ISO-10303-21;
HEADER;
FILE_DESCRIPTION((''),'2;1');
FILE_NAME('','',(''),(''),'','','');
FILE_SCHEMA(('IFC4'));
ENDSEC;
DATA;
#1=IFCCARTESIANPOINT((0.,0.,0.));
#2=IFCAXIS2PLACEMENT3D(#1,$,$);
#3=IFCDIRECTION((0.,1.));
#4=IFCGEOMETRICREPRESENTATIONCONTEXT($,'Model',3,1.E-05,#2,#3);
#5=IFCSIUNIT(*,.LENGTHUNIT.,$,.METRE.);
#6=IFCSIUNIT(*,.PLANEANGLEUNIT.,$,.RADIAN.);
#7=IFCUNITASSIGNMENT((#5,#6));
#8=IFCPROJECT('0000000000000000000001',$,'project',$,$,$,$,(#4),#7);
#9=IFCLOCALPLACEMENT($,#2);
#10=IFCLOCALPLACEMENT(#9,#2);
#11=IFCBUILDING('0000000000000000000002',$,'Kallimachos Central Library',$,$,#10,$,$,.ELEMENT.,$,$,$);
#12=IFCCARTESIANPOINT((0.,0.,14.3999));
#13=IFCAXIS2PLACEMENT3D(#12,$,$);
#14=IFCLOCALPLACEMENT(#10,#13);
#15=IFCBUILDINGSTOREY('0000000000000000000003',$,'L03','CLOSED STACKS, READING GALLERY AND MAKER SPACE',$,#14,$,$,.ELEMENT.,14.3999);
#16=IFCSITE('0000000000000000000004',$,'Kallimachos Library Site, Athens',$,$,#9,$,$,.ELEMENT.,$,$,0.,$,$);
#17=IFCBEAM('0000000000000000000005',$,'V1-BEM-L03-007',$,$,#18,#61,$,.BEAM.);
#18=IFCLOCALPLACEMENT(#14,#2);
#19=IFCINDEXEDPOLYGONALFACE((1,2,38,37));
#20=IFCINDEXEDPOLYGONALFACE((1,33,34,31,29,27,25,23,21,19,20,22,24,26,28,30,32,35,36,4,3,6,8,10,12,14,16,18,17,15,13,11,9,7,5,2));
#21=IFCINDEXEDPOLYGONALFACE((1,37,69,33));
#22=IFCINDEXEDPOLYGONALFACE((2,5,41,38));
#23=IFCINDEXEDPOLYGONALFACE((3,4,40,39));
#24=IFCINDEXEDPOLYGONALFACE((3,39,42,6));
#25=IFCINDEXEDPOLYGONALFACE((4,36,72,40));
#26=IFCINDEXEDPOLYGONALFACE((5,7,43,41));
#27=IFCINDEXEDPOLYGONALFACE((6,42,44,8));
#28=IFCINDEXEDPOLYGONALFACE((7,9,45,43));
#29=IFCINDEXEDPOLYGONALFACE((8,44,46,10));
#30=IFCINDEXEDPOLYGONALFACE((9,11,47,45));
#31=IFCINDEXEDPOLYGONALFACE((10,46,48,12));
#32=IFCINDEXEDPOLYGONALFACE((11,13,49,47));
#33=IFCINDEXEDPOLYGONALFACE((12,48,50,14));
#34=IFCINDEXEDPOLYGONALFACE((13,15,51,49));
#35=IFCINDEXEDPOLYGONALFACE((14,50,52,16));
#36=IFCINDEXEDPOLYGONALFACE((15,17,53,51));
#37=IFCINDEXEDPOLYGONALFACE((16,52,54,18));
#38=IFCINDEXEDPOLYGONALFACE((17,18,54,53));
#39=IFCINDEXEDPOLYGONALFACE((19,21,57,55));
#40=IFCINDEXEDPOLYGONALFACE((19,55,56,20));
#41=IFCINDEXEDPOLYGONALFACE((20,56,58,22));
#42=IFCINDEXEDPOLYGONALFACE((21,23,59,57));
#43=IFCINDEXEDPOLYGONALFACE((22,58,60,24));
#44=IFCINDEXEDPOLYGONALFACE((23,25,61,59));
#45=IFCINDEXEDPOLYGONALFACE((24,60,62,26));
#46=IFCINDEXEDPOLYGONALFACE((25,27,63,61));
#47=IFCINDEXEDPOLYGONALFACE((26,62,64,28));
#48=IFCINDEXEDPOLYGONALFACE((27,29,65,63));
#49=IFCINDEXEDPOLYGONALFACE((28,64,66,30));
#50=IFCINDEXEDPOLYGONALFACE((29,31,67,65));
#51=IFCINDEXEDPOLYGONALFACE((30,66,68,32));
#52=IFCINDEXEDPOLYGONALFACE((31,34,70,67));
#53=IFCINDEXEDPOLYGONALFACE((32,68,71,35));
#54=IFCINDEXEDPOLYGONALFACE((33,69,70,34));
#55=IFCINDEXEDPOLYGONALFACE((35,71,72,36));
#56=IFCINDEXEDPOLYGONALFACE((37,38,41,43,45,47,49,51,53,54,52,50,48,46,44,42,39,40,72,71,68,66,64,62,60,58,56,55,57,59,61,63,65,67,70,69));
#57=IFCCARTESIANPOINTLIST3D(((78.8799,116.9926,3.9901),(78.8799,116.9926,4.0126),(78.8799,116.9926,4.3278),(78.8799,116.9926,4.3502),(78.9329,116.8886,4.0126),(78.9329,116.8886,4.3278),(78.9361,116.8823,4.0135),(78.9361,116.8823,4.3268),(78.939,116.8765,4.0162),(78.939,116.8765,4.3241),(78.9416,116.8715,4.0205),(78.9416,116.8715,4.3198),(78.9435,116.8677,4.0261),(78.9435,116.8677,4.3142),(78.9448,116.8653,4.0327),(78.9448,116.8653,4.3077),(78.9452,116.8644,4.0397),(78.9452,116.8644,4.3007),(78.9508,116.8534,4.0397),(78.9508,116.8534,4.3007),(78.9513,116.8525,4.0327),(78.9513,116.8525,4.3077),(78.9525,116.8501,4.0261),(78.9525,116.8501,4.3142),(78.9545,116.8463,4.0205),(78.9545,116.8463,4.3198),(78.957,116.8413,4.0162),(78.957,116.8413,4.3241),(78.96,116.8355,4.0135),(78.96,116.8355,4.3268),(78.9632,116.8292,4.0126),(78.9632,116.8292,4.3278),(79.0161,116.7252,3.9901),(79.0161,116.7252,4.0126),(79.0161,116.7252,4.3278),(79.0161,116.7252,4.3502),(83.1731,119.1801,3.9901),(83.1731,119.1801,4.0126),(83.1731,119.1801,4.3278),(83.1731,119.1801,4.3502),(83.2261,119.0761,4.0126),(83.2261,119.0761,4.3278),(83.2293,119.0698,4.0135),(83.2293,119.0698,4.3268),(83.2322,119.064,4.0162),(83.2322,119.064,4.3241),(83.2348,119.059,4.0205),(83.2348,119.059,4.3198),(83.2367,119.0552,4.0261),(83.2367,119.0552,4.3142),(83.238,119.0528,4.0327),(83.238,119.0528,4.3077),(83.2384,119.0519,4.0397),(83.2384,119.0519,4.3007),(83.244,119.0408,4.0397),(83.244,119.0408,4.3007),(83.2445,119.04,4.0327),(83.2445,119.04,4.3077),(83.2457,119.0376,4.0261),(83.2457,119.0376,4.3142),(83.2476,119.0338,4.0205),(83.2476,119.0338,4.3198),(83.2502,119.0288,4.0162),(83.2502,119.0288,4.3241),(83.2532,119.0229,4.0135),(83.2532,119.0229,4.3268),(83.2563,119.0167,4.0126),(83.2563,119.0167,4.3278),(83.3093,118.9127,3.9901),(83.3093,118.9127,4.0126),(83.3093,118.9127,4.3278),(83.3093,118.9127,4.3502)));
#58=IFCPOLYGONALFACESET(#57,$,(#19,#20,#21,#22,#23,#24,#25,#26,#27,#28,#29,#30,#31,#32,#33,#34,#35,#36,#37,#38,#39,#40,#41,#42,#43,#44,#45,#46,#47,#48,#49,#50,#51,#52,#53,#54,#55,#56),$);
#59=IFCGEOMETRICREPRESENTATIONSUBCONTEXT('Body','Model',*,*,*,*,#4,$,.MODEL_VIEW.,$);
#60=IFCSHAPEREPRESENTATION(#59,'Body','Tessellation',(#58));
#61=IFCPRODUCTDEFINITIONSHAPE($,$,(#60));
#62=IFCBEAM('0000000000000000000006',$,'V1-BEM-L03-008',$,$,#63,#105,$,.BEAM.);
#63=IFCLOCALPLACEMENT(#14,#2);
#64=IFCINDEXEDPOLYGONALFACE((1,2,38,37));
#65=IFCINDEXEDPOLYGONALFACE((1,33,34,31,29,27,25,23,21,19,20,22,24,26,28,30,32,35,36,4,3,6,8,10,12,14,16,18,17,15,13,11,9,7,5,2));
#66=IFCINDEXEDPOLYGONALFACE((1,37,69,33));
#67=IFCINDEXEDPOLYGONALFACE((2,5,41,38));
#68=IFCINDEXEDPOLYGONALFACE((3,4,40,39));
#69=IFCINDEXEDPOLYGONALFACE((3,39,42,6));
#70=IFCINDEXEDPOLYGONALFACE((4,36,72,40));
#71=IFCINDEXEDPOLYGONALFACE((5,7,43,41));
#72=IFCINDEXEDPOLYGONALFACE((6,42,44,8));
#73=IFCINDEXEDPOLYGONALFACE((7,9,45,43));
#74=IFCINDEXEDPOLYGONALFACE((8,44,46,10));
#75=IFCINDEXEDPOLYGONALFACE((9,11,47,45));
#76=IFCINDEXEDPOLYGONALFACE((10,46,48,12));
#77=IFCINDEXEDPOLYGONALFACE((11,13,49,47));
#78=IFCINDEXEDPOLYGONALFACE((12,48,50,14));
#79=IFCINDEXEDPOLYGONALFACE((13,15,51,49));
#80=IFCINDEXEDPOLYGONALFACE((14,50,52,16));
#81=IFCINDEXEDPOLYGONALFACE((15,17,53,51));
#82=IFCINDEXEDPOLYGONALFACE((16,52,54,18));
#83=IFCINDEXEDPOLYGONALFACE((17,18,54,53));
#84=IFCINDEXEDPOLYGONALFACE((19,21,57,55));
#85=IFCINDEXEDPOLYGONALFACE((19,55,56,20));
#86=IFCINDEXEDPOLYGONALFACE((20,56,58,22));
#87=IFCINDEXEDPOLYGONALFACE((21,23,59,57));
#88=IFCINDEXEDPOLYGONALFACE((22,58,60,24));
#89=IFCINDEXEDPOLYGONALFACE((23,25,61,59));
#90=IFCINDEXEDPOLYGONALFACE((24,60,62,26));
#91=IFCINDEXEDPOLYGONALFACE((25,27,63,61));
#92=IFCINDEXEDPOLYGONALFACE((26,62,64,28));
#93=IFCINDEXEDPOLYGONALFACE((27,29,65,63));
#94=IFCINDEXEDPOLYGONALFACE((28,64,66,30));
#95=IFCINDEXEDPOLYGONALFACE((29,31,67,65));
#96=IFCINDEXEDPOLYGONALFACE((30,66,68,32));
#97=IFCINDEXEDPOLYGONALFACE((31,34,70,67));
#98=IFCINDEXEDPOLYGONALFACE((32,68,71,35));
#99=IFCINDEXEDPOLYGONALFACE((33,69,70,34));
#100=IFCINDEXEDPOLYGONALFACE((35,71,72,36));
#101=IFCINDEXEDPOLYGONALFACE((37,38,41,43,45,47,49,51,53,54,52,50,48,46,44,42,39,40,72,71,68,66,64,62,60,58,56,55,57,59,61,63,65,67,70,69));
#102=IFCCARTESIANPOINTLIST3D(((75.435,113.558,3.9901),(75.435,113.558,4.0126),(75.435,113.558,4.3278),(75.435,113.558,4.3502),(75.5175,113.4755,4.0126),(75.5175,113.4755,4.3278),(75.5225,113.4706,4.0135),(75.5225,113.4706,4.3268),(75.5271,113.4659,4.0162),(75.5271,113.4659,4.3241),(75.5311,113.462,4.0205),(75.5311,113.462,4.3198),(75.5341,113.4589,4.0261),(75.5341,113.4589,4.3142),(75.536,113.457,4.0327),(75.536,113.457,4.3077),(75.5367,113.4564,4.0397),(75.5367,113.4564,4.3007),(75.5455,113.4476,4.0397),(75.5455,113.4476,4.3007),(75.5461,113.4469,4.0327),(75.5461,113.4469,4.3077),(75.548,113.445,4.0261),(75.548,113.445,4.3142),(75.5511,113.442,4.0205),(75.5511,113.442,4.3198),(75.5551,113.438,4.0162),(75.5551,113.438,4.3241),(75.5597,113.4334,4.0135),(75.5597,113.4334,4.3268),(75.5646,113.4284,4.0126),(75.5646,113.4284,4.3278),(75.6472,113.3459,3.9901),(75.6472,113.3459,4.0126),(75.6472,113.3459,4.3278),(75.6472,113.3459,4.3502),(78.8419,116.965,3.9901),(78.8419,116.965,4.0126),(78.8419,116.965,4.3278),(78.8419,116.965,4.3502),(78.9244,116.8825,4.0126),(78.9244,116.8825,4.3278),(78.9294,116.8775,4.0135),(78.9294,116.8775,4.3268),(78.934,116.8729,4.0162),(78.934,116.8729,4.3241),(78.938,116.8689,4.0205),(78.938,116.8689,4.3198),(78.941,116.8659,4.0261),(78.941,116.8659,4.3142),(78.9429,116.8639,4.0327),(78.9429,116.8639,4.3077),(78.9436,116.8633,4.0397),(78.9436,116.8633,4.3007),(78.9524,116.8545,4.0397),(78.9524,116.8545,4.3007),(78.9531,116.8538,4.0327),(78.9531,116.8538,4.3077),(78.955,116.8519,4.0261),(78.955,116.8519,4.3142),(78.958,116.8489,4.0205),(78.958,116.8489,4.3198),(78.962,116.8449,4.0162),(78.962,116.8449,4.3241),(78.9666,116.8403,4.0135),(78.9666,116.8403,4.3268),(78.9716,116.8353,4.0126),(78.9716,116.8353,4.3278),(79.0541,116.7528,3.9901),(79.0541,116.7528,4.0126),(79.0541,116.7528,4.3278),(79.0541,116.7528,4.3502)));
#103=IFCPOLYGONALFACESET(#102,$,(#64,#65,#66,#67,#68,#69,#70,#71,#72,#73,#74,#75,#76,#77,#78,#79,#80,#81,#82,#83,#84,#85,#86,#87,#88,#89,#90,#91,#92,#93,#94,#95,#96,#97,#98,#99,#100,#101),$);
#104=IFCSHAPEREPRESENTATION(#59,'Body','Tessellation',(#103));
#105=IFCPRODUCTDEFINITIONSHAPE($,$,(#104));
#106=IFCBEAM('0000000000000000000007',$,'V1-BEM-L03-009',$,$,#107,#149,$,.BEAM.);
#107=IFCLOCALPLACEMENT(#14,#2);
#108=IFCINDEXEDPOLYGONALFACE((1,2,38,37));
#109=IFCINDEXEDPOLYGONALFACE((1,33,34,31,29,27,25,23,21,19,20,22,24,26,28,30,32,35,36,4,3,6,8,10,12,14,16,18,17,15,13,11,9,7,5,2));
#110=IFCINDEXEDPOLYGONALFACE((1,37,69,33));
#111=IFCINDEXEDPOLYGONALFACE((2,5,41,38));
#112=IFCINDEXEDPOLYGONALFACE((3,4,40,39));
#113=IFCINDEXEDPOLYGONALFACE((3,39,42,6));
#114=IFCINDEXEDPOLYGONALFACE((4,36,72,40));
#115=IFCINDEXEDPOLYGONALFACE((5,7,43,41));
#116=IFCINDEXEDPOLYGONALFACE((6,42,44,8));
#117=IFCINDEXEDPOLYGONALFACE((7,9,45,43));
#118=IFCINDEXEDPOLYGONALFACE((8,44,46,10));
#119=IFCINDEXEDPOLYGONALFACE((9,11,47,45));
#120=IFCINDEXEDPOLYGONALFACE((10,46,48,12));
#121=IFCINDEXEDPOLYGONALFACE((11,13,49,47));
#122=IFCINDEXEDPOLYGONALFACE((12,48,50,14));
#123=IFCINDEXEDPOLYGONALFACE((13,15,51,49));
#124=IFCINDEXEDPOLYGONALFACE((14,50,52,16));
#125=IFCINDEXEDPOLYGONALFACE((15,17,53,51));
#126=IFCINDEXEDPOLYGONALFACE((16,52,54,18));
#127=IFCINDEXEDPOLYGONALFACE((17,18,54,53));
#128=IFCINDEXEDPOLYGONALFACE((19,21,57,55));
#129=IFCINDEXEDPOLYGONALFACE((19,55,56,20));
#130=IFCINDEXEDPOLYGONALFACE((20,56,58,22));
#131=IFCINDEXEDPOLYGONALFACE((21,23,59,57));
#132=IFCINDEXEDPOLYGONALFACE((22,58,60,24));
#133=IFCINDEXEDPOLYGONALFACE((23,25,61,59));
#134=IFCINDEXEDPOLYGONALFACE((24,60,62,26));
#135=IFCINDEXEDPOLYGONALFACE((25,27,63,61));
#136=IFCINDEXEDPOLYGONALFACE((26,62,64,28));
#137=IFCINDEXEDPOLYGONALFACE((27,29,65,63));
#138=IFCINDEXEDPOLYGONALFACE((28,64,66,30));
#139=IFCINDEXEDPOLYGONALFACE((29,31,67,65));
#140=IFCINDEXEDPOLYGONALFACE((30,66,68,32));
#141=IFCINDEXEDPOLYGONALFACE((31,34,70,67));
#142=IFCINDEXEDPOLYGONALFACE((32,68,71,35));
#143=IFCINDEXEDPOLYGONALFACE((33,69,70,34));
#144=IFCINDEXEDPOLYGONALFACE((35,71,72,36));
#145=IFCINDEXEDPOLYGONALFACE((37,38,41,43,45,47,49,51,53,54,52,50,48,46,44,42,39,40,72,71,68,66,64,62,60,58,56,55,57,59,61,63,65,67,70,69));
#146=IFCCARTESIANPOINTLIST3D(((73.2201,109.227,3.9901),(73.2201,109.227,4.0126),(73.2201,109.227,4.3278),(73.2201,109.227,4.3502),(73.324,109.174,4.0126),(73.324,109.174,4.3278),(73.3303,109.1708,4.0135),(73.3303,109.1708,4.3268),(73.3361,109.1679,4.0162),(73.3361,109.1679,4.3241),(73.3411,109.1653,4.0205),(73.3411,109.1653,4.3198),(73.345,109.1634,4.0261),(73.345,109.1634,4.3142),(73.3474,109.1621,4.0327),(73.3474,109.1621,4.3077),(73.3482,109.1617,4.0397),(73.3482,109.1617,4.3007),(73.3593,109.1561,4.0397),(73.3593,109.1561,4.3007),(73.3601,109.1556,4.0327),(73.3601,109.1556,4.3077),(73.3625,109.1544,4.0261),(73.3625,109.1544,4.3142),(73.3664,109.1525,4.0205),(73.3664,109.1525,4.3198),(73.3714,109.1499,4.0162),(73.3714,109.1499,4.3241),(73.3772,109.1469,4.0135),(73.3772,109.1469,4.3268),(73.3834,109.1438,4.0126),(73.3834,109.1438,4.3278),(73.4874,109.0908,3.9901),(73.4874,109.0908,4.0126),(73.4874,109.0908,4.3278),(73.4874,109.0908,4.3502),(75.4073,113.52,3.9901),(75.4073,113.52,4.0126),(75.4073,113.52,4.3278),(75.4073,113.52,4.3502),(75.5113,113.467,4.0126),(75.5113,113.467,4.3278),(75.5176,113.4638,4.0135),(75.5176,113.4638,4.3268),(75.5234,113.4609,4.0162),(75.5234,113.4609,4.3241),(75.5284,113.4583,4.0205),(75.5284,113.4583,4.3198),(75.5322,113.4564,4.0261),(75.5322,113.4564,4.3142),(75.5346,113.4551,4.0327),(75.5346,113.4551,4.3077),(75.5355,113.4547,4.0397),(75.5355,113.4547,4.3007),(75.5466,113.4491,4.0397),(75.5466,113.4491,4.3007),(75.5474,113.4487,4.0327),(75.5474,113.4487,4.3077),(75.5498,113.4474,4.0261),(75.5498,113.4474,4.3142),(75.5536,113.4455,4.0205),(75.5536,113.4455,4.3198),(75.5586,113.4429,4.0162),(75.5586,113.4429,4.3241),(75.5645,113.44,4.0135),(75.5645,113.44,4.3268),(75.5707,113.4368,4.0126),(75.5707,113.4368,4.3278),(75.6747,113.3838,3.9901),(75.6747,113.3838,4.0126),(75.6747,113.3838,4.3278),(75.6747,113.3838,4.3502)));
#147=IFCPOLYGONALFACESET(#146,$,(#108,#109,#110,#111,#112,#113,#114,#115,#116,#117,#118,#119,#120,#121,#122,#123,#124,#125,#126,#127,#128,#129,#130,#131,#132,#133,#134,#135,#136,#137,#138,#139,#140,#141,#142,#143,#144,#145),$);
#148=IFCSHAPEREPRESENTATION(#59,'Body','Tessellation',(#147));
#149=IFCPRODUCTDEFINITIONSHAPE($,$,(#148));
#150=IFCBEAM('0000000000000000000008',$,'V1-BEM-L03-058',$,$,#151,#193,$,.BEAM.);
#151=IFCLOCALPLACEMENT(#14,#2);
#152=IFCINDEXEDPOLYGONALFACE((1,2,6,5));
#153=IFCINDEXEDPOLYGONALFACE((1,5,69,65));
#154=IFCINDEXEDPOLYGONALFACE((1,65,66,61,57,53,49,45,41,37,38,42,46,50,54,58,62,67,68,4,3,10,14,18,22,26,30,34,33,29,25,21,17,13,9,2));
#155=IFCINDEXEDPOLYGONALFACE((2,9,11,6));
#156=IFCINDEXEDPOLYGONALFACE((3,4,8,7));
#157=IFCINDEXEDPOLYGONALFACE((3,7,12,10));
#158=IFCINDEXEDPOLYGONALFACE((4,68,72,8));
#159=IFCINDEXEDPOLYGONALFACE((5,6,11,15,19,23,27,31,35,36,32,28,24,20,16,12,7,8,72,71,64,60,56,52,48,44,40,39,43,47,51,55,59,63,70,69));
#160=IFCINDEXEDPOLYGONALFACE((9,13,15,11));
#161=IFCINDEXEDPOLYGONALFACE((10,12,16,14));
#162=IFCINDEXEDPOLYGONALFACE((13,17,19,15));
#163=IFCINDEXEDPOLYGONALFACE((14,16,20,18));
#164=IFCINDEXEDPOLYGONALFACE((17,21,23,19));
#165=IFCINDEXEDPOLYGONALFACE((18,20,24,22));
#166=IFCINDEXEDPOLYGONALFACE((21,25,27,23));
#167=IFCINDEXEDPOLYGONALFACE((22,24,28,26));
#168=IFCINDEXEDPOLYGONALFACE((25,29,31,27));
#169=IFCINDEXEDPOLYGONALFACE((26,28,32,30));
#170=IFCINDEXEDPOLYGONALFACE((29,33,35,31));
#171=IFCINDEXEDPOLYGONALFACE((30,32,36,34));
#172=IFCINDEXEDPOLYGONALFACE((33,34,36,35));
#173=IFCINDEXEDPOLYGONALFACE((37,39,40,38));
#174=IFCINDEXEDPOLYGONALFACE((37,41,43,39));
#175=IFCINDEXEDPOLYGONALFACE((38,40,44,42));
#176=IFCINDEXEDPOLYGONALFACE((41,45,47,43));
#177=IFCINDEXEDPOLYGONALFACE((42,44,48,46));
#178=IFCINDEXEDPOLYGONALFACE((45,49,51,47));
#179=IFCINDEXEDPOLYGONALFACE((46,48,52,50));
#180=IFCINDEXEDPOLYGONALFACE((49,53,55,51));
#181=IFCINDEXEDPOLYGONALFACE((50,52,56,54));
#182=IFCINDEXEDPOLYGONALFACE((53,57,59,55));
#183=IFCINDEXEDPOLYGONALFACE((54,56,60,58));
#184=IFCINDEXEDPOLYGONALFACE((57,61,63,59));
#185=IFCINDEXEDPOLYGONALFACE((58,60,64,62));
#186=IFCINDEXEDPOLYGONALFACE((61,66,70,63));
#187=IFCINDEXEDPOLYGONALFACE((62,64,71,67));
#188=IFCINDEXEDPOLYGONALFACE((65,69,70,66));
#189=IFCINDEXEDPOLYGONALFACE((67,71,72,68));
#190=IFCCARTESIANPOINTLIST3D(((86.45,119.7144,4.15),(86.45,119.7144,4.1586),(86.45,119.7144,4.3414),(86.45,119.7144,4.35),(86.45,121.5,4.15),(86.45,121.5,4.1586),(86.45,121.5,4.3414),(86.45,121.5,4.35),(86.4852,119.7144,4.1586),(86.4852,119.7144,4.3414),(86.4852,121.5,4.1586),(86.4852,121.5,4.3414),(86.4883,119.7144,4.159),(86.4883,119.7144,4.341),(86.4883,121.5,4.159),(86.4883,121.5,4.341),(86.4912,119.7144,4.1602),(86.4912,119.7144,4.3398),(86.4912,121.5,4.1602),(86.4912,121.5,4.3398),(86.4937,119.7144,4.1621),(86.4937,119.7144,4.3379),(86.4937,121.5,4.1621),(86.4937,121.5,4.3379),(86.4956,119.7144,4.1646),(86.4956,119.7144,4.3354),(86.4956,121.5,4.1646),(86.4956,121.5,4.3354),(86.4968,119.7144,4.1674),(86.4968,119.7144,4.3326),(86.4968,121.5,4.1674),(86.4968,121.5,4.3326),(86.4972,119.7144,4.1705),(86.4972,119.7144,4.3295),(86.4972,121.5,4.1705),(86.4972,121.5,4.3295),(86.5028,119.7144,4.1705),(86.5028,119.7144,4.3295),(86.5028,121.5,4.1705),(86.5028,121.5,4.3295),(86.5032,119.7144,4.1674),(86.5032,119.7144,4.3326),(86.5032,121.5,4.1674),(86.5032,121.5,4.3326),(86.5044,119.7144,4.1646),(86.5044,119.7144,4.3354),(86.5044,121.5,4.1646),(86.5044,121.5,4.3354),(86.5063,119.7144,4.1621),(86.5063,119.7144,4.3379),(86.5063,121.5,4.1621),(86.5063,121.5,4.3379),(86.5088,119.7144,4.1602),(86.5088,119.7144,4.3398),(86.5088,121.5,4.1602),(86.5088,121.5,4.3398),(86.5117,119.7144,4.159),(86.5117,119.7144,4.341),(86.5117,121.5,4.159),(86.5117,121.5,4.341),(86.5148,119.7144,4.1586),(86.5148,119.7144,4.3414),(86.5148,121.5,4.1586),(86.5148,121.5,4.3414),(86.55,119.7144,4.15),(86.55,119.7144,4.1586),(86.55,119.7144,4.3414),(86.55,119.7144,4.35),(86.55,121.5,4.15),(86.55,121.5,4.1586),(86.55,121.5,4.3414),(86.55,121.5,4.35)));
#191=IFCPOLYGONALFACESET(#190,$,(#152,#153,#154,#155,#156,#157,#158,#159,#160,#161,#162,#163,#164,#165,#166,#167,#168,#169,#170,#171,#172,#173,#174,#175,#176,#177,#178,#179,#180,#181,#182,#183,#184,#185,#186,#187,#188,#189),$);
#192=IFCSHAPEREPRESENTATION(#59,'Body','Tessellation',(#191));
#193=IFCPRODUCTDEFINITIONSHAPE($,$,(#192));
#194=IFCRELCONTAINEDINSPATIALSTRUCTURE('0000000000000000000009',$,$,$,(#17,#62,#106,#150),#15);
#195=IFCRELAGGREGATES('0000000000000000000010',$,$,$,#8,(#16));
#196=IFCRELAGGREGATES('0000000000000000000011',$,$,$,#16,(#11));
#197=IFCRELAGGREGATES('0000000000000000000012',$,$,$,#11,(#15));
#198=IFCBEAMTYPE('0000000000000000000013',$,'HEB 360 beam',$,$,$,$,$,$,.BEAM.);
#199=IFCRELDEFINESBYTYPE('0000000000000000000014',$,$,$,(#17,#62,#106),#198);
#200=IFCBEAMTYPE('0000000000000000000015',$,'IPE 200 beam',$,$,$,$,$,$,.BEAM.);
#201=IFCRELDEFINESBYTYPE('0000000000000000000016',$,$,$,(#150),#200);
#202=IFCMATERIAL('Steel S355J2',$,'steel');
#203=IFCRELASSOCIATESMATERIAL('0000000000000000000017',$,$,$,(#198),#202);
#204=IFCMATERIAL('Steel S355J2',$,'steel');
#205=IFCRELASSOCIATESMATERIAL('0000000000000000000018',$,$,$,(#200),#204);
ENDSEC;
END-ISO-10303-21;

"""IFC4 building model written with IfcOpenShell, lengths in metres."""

from ifc_helpers import new_model, si_unit, direction, frame, origin, origin_2d, place, context, subcontext, project, spatial, i_section, extrude, material, material_profile, profile_set, type_object, element, save


model = new_model("IFC4")

# Units and contexts
model_context = context("Model", 3, precision=1e-05, world=origin(), true_north=direction((0.0, 1.0)))
body_context = subcontext(model_context, "Body", "Model", "MODEL_VIEW")
ifc_project = project(units=[si_unit("LENGTHUNIT", "METRE"), si_unit("PLANEANGLEUNIT", "RADIAN")], contexts=[model_context])

# Site, building, storey
site_placement = place(None, origin())
site = spatial("IfcSite", under=ifc_project, at=site_placement, Name="Kallimachos Library Site, Athens", CompositionType="ELEMENT", RefElevation=0.0)
building_placement = place(site_placement, origin())
building = spatial("IfcBuilding", under=site, at=building_placement, Name="Kallimachos Central Library", CompositionType="ELEMENT")
storey_placement = place(building_placement, frame((0.0, 0.0, 14.3999)))
storey = spatial("IfcBuildingStorey", under=building, at=storey_placement, Name="L03", Description="CLOSED STACKS, READING GALLERY AND MAKER SPACE", CompositionType="ELEMENT", Elevation=14.3999)

# Beams
ifc_material_1 = material(Name="Steel S355J2", Category="steel")
ifc_material_profile_1 = material_profile(ifc_material_1, i_section(OverallWidth=0.3, OverallDepth=0.3601, WebThickness=0.0125, FlangeThickness=0.0225, FilletRadius=0.0271, at=origin_2d()), Name="HEB 360")
ifc_profile_set_1 = profile_set([ifc_material_profile_1], Name="Steel S355J2")
beam_type_1 = type_object("IfcBeamType", Name="HEB 360 beam", PredefinedType="BEAM", material=ifc_profile_set_1)
beam_1_placement = place(storey_placement, frame((83.2412, 119.0464, 4.1702), z_axis=(-0.891007, -0.45399, 0.0), x_axis=(0.45399, -0.891007, 0.0)))
element("IfcBeam", 1, at=beam_1_placement, inside=storey, type_object=beam_type_1, Name="V1-BEM-L03-007", PredefinedType="BEAM", context=body_context, shape_type="SweptSolid", body=[
    extrude(i_section(OverallWidth=0.3, OverallDepth=0.3601, WebThickness=0.0125, FlangeThickness=0.0225, FilletRadius=0.0271, at=origin_2d()), origin(), (0.0, 0.0, 1.0), 4.8184),
])
for number, where, z_axis, x_axis, name in (
    (2, (78.948, 116.8589, 4.1702), (-0.707107, -0.707107, 0.0), (0.707107, -0.707107, 0.0), "V1-BEM-L03-008"),
    (3, (75.541, 113.4519, 4.1702), (-0.453971, -0.891017, 0.0), (0.891017, -0.453971, 0.0), "V1-BEM-L03-009"),
):
    element("IfcBeam", number, at=place(storey_placement, frame(where, z_axis=z_axis, x_axis=x_axis)), inside=storey, type_object=beam_type_1, Name=name, PredefinedType="BEAM", context=body_context, shape_type="SweptSolid", body=[
        extrude(i_section(OverallWidth=0.3, OverallDepth=0.3601, WebThickness=0.0125, FlangeThickness=0.0225, FilletRadius=0.0271, at=origin_2d()), origin(), (0.0, 0.0, 1.0), 4.8181),
    ])
ifc_material_2 = material(Name="Steel S355J2", Category="steel")
ifc_material_profile_2 = material_profile(ifc_material_2, i_section(OverallWidth=0.1001, OverallDepth=0.2, WebThickness=0.0056, FlangeThickness=0.0085, FilletRadius=0.012, at=origin_2d()), Name="IPE 200")
ifc_profile_set_2 = profile_set([ifc_material_profile_2], Name="Steel S355J2")
beam_type_2 = type_object("IfcBeamType", Name="IPE 200 beam", PredefinedType="BEAM", material=ifc_profile_set_2)
beam_2_placement = place(storey_placement, frame((86.5, 119.7144, 4.25), z_axis=(0.0, 1.0, 0.0), x_axis=(-1.0, 0.0, 0.0)))
element("IfcBeam", 4, at=beam_2_placement, inside=storey, type_object=beam_type_2, Name="V1-BEM-L03-058", PredefinedType="BEAM", context=body_context, shape_type="SweptSolid", body=[
    extrude(i_section(OverallWidth=0.1001, OverallDepth=0.2, WebThickness=0.0056, FlangeThickness=0.0085, FilletRadius=0.012, at=origin_2d()), origin(), (0.0, 0.0, 1.0), 1.7856),
])

save(model, "model.ifc")
